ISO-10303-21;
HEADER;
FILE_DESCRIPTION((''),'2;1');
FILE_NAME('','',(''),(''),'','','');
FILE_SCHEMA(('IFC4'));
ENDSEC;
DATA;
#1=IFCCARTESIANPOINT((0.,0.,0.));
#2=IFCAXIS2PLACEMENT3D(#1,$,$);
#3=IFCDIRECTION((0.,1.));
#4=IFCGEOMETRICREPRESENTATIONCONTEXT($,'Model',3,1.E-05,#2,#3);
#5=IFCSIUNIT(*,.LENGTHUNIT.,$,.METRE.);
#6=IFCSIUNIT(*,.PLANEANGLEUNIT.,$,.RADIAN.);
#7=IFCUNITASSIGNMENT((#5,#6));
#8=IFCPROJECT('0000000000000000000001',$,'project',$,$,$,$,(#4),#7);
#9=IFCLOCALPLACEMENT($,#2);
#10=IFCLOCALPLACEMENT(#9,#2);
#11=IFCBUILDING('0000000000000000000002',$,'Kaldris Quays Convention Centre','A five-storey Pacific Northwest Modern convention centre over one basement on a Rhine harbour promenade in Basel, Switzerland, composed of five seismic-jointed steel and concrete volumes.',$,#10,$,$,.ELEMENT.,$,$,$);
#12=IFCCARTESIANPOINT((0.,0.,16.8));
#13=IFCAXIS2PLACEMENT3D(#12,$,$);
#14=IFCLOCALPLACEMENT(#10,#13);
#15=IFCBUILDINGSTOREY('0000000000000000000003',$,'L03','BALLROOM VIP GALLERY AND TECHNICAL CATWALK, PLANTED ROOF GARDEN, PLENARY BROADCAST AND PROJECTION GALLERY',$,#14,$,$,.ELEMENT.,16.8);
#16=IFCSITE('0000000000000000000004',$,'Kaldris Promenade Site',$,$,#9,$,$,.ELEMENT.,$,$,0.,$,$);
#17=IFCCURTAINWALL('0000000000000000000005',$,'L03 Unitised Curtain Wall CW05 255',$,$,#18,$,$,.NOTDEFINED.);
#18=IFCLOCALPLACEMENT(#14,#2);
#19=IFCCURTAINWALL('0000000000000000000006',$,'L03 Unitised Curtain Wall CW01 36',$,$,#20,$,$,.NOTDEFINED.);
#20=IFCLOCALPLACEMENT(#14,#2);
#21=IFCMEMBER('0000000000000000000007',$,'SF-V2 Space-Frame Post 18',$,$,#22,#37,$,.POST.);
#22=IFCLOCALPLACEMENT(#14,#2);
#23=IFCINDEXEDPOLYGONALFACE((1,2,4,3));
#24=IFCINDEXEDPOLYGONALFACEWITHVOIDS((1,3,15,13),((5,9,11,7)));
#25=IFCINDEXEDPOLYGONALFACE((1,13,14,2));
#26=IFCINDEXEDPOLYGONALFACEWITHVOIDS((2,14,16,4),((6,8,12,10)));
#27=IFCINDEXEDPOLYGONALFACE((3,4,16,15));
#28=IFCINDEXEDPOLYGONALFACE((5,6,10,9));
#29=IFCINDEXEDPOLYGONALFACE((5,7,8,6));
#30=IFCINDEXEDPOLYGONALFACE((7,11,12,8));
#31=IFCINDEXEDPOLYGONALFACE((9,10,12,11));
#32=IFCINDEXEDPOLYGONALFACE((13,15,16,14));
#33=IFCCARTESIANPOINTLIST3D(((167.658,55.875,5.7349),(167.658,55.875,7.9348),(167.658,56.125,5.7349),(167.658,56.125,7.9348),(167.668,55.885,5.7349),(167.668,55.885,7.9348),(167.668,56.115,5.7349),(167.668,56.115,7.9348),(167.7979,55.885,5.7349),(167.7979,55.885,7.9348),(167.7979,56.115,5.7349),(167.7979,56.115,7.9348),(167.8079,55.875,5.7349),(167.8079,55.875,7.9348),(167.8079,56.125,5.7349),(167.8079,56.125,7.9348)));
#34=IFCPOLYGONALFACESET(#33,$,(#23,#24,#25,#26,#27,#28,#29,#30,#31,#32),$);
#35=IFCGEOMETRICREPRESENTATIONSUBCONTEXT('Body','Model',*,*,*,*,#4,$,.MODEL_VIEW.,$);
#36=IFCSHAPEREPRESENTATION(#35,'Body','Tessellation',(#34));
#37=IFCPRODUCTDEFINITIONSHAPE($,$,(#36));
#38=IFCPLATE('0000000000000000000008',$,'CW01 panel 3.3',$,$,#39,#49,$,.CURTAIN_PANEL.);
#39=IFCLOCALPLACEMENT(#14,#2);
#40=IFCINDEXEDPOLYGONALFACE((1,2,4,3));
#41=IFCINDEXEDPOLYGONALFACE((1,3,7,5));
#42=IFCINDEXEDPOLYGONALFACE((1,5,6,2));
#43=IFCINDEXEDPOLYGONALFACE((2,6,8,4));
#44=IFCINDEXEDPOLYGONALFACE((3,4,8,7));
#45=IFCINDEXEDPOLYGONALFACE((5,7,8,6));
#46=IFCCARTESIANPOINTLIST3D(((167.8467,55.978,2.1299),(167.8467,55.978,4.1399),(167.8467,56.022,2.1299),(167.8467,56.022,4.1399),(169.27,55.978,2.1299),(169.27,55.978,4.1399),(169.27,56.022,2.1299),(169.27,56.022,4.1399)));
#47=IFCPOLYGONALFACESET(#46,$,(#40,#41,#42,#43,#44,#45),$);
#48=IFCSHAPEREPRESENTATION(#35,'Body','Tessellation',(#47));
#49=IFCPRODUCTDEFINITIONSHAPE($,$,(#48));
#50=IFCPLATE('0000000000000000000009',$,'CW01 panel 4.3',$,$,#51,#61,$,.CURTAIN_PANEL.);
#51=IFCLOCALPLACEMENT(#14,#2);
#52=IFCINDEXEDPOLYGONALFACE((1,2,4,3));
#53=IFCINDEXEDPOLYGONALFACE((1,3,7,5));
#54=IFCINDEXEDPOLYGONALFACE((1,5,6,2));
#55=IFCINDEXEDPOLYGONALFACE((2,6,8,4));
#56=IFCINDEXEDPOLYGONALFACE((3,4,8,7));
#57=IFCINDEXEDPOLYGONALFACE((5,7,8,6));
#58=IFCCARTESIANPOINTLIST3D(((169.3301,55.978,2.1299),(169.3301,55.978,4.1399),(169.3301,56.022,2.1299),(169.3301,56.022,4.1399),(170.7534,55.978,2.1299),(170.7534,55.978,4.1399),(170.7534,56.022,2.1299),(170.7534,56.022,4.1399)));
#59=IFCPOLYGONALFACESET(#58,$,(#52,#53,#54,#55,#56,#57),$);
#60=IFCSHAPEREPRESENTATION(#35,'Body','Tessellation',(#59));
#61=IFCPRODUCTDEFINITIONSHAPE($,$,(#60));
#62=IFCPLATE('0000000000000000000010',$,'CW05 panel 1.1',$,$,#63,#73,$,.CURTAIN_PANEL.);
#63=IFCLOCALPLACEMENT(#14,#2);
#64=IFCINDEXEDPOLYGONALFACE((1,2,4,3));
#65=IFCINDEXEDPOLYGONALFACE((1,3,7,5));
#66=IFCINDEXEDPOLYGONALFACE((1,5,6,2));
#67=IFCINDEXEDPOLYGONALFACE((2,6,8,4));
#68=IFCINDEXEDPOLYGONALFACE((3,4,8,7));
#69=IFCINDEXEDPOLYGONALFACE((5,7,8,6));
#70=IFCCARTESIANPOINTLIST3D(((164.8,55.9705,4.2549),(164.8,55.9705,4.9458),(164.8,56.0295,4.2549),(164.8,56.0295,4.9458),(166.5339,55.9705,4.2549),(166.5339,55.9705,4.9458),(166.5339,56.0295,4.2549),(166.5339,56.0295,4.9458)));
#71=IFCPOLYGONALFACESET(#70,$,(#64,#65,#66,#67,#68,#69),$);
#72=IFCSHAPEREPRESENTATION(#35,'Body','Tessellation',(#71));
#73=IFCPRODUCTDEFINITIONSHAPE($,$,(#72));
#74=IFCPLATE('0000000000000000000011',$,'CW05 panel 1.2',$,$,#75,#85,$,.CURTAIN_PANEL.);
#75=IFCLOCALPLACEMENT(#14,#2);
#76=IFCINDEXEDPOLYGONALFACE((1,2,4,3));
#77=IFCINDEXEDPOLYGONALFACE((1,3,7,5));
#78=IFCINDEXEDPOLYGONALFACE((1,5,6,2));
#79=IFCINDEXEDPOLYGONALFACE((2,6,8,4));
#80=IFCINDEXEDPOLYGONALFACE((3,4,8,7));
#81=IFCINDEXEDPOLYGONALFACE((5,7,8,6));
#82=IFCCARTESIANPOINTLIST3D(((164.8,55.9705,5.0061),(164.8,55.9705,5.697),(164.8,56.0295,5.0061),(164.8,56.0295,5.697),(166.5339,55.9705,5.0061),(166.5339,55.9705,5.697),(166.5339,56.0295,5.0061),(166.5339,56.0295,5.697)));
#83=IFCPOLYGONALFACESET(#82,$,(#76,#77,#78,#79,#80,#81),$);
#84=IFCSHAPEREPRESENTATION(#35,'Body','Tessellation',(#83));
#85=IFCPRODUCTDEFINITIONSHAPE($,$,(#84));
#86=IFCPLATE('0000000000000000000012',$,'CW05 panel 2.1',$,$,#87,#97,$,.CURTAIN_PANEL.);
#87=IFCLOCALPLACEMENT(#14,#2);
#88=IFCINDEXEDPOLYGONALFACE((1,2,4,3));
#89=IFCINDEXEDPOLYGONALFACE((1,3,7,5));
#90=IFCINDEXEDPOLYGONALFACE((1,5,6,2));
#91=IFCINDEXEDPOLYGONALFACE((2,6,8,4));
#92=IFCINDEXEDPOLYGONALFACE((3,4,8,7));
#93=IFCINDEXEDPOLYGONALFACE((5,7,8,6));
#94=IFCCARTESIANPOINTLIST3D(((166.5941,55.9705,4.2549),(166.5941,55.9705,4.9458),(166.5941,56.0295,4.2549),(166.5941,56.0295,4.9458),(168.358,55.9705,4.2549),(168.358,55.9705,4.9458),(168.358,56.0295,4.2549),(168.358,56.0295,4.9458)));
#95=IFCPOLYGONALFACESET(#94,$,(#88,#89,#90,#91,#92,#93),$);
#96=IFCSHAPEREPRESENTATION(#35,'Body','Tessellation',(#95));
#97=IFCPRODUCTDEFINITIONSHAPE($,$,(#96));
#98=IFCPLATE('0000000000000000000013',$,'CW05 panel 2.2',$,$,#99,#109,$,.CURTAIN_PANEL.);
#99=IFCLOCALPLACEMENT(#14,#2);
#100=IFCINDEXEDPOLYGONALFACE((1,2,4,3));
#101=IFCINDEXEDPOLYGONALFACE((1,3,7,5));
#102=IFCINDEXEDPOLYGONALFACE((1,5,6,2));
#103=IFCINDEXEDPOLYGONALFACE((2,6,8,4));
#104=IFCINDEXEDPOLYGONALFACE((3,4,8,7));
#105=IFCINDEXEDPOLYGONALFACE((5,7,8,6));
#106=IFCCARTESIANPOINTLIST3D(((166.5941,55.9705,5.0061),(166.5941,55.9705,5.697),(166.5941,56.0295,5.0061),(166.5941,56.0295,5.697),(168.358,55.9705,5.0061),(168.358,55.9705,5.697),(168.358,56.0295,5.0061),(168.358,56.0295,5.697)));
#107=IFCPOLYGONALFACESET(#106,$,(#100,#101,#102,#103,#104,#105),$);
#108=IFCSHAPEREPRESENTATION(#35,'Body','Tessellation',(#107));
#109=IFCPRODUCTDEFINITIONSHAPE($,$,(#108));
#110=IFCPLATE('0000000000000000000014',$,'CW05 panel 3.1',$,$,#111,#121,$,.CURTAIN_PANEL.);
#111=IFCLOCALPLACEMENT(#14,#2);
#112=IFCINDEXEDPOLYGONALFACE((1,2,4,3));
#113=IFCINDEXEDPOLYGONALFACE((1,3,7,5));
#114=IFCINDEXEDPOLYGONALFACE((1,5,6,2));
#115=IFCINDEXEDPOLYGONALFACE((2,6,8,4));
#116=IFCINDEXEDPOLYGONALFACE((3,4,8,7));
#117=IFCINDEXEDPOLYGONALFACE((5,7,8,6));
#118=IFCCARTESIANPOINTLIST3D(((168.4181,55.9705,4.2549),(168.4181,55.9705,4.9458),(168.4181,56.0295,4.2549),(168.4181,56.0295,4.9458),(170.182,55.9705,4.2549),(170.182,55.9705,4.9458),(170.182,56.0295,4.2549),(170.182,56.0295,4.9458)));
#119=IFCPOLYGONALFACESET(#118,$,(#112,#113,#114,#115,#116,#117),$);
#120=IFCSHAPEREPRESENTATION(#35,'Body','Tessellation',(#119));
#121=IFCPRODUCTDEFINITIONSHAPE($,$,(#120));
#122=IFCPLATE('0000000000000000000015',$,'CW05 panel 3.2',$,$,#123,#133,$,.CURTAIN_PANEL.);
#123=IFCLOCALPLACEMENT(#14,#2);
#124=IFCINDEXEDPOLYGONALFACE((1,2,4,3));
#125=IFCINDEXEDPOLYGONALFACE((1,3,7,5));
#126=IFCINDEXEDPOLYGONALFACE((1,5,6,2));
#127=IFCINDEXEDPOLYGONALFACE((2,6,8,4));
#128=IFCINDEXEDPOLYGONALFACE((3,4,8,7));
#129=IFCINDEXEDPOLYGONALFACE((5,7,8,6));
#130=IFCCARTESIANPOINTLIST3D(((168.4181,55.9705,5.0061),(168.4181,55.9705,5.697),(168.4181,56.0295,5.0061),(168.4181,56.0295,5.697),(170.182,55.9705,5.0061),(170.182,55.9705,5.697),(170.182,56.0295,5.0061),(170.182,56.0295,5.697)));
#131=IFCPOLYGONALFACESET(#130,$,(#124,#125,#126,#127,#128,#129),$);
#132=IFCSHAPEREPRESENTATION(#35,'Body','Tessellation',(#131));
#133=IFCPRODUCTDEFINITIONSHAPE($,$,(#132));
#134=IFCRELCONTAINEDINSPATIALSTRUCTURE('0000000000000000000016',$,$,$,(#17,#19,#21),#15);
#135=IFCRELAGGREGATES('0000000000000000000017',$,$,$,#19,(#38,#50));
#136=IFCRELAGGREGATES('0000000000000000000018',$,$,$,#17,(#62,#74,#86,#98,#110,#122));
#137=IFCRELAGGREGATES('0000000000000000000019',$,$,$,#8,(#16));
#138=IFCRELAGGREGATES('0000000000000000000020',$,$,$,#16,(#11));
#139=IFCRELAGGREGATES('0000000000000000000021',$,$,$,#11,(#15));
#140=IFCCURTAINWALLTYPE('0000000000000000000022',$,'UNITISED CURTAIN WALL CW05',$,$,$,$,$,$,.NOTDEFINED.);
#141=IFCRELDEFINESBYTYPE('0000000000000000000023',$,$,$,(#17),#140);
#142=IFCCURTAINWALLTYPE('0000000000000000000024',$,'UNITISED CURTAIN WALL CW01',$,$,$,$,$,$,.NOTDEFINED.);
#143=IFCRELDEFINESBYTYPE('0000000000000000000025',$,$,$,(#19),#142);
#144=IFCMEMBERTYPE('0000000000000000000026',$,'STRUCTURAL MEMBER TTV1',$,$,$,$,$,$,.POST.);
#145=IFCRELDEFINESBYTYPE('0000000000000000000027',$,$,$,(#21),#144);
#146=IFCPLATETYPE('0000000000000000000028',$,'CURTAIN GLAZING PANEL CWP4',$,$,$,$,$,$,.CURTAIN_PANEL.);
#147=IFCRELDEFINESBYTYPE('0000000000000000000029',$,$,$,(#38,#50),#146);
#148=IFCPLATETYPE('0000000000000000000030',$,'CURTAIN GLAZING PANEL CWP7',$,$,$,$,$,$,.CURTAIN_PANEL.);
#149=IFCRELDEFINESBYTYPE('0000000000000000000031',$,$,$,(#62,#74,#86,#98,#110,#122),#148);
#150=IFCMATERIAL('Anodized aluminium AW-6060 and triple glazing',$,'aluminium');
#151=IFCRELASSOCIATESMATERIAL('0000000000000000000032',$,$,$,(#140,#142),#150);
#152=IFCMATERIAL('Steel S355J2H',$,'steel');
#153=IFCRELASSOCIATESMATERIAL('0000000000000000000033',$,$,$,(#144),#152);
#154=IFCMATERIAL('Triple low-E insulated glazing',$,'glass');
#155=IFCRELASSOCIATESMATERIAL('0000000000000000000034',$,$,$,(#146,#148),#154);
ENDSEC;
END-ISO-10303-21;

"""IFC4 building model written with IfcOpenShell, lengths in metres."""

from ifc_helpers import new_model, si_unit, direction, frame, origin, origin_2d, place, context, subcontext, project, spatial, rectangle, hollow_rectangle, extrude, material, material_profile, profile_set, type_object, element, aggregate, save


model = new_model("IFC4")

# Units and contexts
model_context = context("Model", 3, precision=1e-05, world=origin(), true_north=direction((0.0, 1.0)))
body_context = subcontext(model_context, "Body", "Model", "MODEL_VIEW")
ifc_project = project(units=[si_unit("LENGTHUNIT", "METRE"), si_unit("PLANEANGLEUNIT", "RADIAN")], contexts=[model_context])

# Site, building, storey
site_placement = place(None, origin())
site = spatial("IfcSite", under=ifc_project, at=site_placement, Name="Kaldris Promenade Site", CompositionType="ELEMENT", RefElevation=0.0)
building_placement = place(site_placement, origin())
building = spatial("IfcBuilding", under=site, at=building_placement, Name="Kaldris Quays Convention Centre", Description="A five-storey Pacific Northwest Modern convention centre over one basement on a Rhine harbour promenade in Basel, Switzerland, composed of five seismic-jointed steel and concrete volumes.", CompositionType="ELEMENT")
storey_placement = place(building_placement, frame((0.0, 0.0, 16.8)))
storey = spatial("IfcBuildingStorey", under=building, at=storey_placement, Name="L03", Description="BALLROOM VIP GALLERY AND TECHNICAL CATWALK, PLANTED ROOF GARDEN, PLENARY BROADCAST AND PROJECTION GALLERY", CompositionType="ELEMENT", Elevation=16.8)

# Curtain walls
ifc_material_1 = material(Name="Anodized aluminium AW-6060 and triple glazing", Category="aluminium")
curtain_wall_type_1 = type_object("IfcCurtainWallType", Name="UNITISED CURTAIN WALL CW05", PredefinedType="NOTDEFINED", material=ifc_material_1)
curtain_wall_1_placement = place(storey_placement, origin())
curtain_wall_1 = element("IfcCurtainWall", 1, at=curtain_wall_1_placement, inside=storey, type_object=curtain_wall_type_1, Name="L03 Unitised Curtain Wall CW05 255", PredefinedType="NOTDEFINED")
curtain_wall_type_2 = type_object("IfcCurtainWallType", Name="UNITISED CURTAIN WALL CW01", PredefinedType="NOTDEFINED", material=ifc_material_1)
curtain_wall_2_placement = place(storey_placement, origin())
curtain_wall_2 = element("IfcCurtainWall", 2, at=curtain_wall_2_placement, inside=storey, type_object=curtain_wall_type_2, Name="L03 Unitised Curtain Wall CW01 36", PredefinedType="NOTDEFINED")

# Member
ifc_material_2 = material(Name="Steel S355J2H", Category="steel")
ifc_material_profile_1 = material_profile(ifc_material_2, hollow_rectangle(XDim=0.1499, YDim=0.25, WallThickness=0.01, at=origin_2d()), Name="RHS 250x150x10")
ifc_profile_set_1 = profile_set([ifc_material_profile_1], Name="Steel S355J2H")
member_type_1 = type_object("IfcMemberType", Name="STRUCTURAL MEMBER TTV1", PredefinedType="POST", material=ifc_profile_set_1)
member_1_placement = place(storey_placement, frame((167.7329, 56.0, 5.7349), z_axis=(0.0, 0.0, 1.0), x_axis=(1.0, 0.0, 0.0)))
element("IfcMember", 3, at=member_1_placement, inside=storey, type_object=member_type_1, Name="SF-V2 Space-Frame Post 18", PredefinedType="POST", context=body_context, shape_type="SweptSolid", body=[
    extrude(hollow_rectangle(XDim=0.1499, YDim=0.25, WallThickness=0.01, at=origin_2d()), origin(), (0.0, 0.0, 1.0), 2.2),
])

# Plates
ifc_material_3 = material(Name="Triple low-E insulated glazing", Category="glass")
plate_type_1 = type_object("IfcPlateType", Name="CURTAIN GLAZING PANEL CWP4", PredefinedType="CURTAIN_PANEL", material=ifc_material_3)
plate_1_placement = place(storey_placement, frame((168.5583, 56.0, 2.1299), z_axis=(0.0, 0.0, 1.0), x_axis=(1.0, 0.0, 0.0)))
plate_1 = element("IfcPlate", 4, at=plate_1_placement, type_object=plate_type_1, Name="CW01 panel 3.3", PredefinedType="CURTAIN_PANEL", context=body_context, shape_type="SweptSolid", body=[
    extrude(rectangle(XDim=1.4233, YDim=0.0439, at=origin_2d()), origin(), (0.0, 0.0, 1.0), 2.01),
])
plate_2_placement = place(storey_placement, frame((170.0417, 56.0, 2.1299), z_axis=(0.0, 0.0, 1.0), x_axis=(1.0, 0.0, 0.0)))
plate_2 = element("IfcPlate", 5, at=plate_2_placement, type_object=plate_type_1, Name="CW01 panel 4.3", PredefinedType="CURTAIN_PANEL", context=body_context, shape_type="SweptSolid", body=[
    extrude(rectangle(XDim=1.4233, YDim=0.0439, at=origin_2d()), origin(), (0.0, 0.0, 1.0), 2.01),
])
aggregate(curtain_wall_2, [plate_1, plate_2])
plate_type_2 = type_object("IfcPlateType", Name="CURTAIN GLAZING PANEL CWP7", PredefinedType="CURTAIN_PANEL", material=ifc_material_3)
plate_3_placement = place(storey_placement, frame((165.667, 56.0, 4.2549), z_axis=(0.0, 0.0, 1.0), x_axis=(1.0, 0.0, 0.0)))
plate_3 = element("IfcPlate", 6, at=plate_3_placement, type_object=plate_type_2, Name="CW05 panel 1.1", PredefinedType="CURTAIN_PANEL", context=body_context, shape_type="SweptSolid", body=[
    extrude(rectangle(XDim=1.7339, YDim=0.0591, at=origin_2d()), origin(), (0.0, 0.0, 1.0), 0.6909),
])
plate_4_placement = place(storey_placement, frame((165.667, 56.0, 5.0061), z_axis=(0.0, 0.0, 1.0), x_axis=(1.0, 0.0, 0.0)))
plate_4 = element("IfcPlate", 7, at=plate_4_placement, type_object=plate_type_2, Name="CW05 panel 1.2", PredefinedType="CURTAIN_PANEL", context=body_context, shape_type="SweptSolid", body=[
    extrude(rectangle(XDim=1.7339, YDim=0.0591, at=origin_2d()), origin(), (0.0, 0.0, 1.0), 0.6909),
])
plate_5_placement = place(storey_placement, frame((167.4761, 56.0, 4.2549), z_axis=(0.0, 0.0, 1.0), x_axis=(1.0, 0.0, 0.0)))
plate_5 = element("IfcPlate", 8, at=plate_5_placement, type_object=plate_type_2, Name="CW05 panel 2.1", PredefinedType="CURTAIN_PANEL", context=body_context, shape_type="SweptSolid", body=[
    extrude(rectangle(XDim=1.7639, YDim=0.0591, at=origin_2d()), origin(), (0.0, 0.0, 1.0), 0.6909),
])
plate_6_placement = place(storey_placement, frame((167.4761, 56.0, 5.0061), z_axis=(0.0, 0.0, 1.0), x_axis=(1.0, 0.0, 0.0)))
plate_6 = element("IfcPlate", 9, at=plate_6_placement, type_object=plate_type_2, Name="CW05 panel 2.2", PredefinedType="CURTAIN_PANEL", context=body_context, shape_type="SweptSolid", body=[
    extrude(rectangle(XDim=1.7639, YDim=0.0591, at=origin_2d()), origin(), (0.0, 0.0, 1.0), 0.6909),
])
plate_7_placement = place(storey_placement, frame((169.3, 56.0, 4.2549), z_axis=(0.0, 0.0, 1.0), x_axis=(1.0, 0.0, 0.0)))
plate_7 = element("IfcPlate", 10, at=plate_7_placement, type_object=plate_type_2, Name="CW05 panel 3.1", PredefinedType="CURTAIN_PANEL", context=body_context, shape_type="SweptSolid", body=[
    extrude(rectangle(XDim=1.7639, YDim=0.0591, at=origin_2d()), origin(), (0.0, 0.0, 1.0), 0.6909),
])
plate_8_placement = place(storey_placement, frame((169.3, 56.0, 5.0061), z_axis=(0.0, 0.0, 1.0), x_axis=(1.0, 0.0, 0.0)))
plate_8 = element("IfcPlate", 11, at=plate_8_placement, type_object=plate_type_2, Name="CW05 panel 3.2", PredefinedType="CURTAIN_PANEL", context=body_context, shape_type="SweptSolid", body=[
    extrude(rectangle(XDim=1.7639, YDim=0.0591, at=origin_2d()), origin(), (0.0, 0.0, 1.0), 0.6909),
])
aggregate(curtain_wall_1, [plate_3, plate_4, plate_5, plate_6, plate_7, plate_8])

save(model, "model.ifc")
